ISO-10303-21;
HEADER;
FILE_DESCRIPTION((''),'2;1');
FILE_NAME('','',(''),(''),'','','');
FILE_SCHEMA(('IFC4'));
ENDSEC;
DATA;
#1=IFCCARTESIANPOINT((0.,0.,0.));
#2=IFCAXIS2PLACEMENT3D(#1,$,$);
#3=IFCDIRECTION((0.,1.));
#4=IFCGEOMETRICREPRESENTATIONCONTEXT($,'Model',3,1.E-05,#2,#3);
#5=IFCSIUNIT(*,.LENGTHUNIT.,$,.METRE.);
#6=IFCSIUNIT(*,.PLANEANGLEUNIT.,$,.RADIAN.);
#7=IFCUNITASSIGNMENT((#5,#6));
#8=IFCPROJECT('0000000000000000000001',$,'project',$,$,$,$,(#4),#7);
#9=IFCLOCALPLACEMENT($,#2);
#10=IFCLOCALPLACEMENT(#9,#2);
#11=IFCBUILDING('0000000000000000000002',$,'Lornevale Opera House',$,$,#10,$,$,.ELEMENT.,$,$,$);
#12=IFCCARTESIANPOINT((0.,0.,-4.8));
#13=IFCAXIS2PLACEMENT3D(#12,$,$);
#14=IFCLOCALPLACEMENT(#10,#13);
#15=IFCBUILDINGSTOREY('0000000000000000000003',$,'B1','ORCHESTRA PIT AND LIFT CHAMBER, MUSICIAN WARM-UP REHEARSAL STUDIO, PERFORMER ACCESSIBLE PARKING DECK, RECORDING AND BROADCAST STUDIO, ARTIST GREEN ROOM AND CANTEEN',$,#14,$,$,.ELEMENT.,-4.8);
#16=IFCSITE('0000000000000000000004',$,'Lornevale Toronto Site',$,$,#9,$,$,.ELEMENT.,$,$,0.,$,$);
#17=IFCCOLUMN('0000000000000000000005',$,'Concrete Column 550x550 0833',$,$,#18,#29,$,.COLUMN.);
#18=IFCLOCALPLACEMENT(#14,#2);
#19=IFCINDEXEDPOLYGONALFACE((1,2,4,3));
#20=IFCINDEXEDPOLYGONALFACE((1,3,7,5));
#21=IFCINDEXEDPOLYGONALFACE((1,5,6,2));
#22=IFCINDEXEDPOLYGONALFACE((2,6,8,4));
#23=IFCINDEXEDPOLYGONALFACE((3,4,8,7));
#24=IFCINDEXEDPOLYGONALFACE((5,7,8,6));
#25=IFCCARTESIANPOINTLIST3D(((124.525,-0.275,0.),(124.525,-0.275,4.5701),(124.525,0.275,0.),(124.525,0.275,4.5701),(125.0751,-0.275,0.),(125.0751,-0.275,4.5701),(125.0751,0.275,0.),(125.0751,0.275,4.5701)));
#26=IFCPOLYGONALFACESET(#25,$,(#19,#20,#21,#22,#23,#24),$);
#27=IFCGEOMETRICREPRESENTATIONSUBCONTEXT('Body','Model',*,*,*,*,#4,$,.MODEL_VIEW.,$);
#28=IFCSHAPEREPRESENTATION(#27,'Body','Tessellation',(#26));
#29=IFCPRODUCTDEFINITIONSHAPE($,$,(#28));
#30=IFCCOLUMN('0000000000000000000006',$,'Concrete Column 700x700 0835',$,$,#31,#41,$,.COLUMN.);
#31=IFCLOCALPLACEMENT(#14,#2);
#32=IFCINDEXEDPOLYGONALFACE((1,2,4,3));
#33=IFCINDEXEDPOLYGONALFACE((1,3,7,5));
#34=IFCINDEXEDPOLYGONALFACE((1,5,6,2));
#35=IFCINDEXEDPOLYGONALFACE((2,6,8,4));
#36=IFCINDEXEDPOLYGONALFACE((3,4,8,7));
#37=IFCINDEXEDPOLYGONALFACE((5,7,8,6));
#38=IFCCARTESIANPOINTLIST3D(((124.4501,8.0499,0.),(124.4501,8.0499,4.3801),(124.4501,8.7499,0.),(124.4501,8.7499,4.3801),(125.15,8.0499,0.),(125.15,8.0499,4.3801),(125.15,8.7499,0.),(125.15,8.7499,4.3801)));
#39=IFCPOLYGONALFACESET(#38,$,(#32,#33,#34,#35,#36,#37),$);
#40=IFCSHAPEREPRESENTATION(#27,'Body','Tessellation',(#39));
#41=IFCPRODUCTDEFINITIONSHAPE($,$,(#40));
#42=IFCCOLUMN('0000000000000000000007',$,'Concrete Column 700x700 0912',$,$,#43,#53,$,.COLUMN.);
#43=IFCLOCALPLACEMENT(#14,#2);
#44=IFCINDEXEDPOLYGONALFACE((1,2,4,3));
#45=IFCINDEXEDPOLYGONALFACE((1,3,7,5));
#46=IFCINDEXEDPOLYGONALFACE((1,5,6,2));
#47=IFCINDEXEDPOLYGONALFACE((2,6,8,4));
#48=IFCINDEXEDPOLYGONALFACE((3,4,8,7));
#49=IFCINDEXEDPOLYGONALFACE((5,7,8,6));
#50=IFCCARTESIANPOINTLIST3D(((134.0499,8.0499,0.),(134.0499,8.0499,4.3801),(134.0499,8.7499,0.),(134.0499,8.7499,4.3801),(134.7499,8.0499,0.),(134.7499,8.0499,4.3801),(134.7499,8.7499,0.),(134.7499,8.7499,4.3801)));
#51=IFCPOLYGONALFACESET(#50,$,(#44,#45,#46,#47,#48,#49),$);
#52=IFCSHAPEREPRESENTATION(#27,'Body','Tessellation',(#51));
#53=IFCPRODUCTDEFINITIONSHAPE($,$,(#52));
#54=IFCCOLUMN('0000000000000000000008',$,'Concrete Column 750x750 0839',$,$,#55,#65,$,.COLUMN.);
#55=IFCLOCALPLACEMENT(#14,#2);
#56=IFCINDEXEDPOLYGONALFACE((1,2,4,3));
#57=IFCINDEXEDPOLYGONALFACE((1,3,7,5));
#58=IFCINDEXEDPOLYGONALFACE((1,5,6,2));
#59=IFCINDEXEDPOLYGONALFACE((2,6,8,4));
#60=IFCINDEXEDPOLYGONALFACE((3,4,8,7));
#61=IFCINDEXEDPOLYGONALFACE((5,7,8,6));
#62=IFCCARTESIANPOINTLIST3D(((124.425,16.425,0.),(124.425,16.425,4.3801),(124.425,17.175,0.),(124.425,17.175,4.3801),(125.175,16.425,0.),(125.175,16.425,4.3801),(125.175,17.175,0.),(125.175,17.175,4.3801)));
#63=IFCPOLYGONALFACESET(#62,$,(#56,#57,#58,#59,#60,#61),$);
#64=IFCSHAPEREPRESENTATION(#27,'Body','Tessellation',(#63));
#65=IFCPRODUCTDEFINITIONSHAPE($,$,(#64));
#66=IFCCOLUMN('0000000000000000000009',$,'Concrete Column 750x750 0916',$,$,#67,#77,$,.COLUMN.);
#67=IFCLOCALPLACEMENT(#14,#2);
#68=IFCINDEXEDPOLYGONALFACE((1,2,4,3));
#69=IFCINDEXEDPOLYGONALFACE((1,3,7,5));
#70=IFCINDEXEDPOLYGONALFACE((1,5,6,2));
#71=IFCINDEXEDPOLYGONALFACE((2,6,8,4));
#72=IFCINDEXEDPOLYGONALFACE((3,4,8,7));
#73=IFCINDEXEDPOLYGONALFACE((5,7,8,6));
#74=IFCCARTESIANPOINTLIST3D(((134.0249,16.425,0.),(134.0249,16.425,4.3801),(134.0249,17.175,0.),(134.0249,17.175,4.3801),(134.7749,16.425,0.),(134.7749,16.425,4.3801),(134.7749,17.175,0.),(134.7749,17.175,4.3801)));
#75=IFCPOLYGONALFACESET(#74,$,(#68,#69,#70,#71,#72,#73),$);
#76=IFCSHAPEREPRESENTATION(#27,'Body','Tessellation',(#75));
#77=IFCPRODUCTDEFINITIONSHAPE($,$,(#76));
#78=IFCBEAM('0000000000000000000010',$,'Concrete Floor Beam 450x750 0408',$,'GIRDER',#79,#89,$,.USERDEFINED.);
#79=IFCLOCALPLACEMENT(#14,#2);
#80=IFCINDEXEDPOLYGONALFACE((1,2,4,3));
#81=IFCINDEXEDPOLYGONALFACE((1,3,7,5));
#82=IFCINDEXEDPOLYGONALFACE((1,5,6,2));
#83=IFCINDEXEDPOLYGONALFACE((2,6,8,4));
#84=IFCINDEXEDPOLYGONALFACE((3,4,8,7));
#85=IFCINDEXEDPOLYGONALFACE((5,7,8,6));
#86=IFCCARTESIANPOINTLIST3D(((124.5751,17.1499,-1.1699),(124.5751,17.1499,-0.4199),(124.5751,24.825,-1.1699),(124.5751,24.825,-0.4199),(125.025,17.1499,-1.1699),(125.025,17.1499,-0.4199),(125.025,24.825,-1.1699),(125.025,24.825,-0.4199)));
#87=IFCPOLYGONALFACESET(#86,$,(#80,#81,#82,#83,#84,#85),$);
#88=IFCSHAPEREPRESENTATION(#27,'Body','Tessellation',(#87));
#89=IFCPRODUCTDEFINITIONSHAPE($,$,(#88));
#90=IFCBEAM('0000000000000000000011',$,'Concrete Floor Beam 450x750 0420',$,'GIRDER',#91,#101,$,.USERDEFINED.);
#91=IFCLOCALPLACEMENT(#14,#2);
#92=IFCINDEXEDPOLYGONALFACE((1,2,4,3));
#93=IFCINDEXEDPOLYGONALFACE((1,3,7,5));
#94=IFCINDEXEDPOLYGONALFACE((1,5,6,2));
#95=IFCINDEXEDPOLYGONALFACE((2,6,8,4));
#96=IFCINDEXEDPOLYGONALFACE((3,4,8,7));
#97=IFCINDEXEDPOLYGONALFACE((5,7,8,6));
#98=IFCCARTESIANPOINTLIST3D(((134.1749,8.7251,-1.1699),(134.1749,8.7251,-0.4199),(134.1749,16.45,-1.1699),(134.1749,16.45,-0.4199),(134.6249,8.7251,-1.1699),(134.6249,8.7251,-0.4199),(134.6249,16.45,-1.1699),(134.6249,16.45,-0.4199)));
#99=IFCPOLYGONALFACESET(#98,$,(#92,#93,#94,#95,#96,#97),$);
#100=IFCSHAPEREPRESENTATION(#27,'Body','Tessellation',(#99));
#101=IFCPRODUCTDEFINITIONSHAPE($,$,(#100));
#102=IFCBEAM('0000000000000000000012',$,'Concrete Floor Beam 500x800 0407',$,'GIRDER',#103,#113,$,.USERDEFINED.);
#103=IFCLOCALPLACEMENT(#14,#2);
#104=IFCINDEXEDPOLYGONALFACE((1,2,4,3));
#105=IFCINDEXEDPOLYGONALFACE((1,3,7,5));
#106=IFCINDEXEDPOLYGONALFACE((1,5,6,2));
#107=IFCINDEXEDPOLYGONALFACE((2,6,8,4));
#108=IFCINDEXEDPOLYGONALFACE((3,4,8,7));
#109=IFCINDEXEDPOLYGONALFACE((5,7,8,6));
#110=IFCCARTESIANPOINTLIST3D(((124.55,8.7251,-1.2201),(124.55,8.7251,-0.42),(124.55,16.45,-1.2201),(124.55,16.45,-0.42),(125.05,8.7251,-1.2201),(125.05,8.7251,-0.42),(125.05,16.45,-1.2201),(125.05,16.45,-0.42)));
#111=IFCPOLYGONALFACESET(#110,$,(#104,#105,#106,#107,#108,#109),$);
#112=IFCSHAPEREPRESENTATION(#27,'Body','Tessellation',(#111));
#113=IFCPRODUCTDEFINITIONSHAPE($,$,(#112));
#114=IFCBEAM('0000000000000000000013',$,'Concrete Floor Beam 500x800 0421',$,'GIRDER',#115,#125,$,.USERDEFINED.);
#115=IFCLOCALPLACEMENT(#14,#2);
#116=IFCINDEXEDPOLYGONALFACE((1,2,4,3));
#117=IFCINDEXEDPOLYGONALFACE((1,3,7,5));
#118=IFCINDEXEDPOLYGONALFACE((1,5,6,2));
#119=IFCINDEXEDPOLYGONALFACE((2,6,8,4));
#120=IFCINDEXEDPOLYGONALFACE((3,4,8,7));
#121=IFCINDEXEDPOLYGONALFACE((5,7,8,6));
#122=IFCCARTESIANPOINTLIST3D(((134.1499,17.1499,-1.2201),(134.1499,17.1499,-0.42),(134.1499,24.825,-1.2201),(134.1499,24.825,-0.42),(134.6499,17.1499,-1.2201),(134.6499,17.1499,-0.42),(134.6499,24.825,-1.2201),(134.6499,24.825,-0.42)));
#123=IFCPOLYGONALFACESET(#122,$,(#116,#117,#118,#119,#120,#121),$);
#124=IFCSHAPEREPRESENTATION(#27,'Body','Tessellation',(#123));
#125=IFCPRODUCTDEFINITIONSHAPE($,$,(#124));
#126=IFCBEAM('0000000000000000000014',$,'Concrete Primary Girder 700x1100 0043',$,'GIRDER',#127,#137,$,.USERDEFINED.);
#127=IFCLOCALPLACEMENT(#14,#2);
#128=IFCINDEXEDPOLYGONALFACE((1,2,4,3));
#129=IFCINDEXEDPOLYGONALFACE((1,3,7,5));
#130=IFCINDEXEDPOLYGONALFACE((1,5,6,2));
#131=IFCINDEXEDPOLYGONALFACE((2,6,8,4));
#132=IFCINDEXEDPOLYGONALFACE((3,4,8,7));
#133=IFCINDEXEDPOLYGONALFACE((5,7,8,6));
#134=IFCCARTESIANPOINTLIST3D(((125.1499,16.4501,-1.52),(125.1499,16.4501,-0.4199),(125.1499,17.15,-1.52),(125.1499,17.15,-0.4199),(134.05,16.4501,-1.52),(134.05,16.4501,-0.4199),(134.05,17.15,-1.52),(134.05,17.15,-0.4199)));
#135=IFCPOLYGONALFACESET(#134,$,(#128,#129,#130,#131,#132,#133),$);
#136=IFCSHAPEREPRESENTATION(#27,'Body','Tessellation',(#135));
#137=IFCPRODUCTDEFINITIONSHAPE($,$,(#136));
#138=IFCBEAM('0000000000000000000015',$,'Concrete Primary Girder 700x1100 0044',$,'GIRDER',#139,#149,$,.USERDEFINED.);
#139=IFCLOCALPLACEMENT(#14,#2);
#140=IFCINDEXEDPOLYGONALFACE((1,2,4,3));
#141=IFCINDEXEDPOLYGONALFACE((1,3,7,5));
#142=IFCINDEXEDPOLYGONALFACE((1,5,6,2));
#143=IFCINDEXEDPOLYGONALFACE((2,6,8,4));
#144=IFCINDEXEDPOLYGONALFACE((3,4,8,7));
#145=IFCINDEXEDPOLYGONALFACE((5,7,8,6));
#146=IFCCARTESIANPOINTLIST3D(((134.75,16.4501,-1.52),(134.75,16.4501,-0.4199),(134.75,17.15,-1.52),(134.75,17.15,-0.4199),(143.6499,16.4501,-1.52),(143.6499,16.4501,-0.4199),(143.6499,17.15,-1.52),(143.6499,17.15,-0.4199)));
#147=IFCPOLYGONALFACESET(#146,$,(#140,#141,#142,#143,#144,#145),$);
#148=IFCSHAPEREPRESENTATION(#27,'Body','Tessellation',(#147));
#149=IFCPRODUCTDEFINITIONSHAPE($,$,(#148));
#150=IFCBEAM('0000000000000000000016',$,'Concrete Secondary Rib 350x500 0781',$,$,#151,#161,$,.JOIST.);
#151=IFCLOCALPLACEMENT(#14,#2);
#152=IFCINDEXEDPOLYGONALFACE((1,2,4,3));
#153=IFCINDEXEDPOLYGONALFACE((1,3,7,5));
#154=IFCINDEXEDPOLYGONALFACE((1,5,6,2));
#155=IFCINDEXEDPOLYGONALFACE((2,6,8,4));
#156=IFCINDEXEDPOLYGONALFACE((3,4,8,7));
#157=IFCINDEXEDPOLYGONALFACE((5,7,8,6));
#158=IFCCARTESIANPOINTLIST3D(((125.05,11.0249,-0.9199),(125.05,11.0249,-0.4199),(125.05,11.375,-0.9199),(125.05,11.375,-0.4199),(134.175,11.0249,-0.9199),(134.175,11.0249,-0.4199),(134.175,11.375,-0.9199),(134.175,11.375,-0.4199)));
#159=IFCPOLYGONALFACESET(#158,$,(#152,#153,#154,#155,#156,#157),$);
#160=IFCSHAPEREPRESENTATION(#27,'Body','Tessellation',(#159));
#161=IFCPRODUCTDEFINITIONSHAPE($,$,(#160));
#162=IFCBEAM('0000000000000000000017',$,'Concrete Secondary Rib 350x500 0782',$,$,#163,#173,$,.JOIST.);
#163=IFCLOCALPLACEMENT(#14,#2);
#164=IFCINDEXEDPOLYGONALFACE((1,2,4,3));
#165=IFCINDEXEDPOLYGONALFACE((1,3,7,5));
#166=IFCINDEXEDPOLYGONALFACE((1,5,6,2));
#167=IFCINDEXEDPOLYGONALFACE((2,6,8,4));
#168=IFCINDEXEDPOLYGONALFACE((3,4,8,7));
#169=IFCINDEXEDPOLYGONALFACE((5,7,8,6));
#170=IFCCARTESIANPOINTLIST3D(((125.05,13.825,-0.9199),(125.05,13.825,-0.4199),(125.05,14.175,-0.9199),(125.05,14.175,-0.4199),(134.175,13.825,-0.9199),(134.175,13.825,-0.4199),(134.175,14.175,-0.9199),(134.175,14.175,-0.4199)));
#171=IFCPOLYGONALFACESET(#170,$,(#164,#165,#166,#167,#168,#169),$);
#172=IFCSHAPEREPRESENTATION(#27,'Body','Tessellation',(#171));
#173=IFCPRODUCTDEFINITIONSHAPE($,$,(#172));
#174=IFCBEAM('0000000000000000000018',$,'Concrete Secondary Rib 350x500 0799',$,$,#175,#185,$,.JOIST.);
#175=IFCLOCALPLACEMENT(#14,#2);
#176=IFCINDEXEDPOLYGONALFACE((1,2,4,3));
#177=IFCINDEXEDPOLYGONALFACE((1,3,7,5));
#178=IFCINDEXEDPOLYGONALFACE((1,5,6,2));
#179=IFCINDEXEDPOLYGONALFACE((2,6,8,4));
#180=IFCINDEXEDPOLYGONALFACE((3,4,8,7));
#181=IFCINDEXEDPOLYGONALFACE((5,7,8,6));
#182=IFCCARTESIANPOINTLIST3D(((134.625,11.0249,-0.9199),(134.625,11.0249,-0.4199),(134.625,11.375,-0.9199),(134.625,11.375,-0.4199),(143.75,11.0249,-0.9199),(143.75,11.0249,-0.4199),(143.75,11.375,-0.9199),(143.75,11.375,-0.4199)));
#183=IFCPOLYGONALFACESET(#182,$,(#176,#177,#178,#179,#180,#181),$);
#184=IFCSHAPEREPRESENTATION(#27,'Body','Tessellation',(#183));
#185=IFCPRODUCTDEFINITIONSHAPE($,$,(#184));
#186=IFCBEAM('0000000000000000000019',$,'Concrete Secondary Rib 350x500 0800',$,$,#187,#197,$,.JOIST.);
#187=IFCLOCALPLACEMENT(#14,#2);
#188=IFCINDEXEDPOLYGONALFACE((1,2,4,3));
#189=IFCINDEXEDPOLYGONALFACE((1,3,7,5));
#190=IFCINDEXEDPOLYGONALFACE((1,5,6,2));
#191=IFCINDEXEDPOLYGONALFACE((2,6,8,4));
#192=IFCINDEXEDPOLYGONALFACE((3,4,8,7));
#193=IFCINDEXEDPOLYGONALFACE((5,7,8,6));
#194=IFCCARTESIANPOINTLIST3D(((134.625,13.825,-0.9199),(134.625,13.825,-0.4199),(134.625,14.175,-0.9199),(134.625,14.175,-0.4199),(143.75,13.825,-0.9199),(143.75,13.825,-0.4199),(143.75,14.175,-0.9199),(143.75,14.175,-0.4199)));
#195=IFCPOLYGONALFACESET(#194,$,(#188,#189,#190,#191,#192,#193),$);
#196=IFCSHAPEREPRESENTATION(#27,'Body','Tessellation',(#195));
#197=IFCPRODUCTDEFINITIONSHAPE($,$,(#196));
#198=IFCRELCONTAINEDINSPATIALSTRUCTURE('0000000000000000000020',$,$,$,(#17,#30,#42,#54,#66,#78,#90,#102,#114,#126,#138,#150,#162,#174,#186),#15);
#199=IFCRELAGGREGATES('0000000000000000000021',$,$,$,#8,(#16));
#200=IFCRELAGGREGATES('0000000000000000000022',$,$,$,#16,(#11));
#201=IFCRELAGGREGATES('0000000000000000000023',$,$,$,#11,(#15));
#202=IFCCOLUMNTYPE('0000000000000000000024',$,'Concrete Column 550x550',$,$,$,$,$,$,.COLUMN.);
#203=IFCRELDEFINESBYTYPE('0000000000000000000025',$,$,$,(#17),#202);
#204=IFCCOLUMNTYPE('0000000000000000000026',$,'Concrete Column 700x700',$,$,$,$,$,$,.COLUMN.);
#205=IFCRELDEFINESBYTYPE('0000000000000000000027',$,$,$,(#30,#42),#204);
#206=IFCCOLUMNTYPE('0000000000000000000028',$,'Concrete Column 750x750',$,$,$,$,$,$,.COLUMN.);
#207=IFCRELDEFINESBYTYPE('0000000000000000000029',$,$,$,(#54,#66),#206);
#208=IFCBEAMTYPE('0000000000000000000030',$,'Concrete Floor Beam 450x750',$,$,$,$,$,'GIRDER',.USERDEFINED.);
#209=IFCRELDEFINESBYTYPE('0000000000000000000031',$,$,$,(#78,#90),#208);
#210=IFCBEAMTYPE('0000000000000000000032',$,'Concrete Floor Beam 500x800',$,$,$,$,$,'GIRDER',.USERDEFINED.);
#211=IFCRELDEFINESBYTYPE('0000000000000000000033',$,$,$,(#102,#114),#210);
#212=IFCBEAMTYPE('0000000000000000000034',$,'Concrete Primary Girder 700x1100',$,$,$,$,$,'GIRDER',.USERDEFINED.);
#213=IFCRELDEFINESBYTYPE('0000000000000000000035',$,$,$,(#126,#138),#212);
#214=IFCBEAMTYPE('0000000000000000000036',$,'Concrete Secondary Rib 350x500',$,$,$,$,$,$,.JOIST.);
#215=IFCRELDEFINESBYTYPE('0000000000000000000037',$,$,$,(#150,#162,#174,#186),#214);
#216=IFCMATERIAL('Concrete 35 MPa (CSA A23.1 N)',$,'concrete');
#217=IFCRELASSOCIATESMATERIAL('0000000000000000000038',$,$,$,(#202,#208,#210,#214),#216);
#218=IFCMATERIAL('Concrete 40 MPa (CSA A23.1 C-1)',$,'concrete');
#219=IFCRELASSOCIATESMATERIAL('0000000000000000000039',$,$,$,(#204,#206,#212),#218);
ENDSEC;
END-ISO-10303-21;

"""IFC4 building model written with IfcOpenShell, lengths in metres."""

from ifc_helpers import new_model, si_unit, direction, frame, origin, origin_2d, place, context, subcontext, project, spatial, rectangle, extrude, material, material_profile, profile_set, type_object, element, save


model = new_model("IFC4")

# Units and contexts
model_context = context("Model", 3, precision=1e-05, world=origin(), true_north=direction((0.0, 1.0)))
body_context = subcontext(model_context, "Body", "Model", "MODEL_VIEW")
ifc_project = project(units=[si_unit("LENGTHUNIT", "METRE"), si_unit("PLANEANGLEUNIT", "RADIAN")], contexts=[model_context])

# Site, building, storey
site_placement = place(None, origin())
site = spatial("IfcSite", under=ifc_project, at=site_placement, Name="Lornevale Toronto Site", CompositionType="ELEMENT", RefElevation=0.0)
building_placement = place(site_placement, origin())
building = spatial("IfcBuilding", under=site, at=building_placement, Name="Lornevale Opera House", CompositionType="ELEMENT")
storey_placement = place(building_placement, frame((0.0, 0.0, -4.8)))
storey = spatial("IfcBuildingStorey", under=building, at=storey_placement, Name="B1", Description="ORCHESTRA PIT AND LIFT CHAMBER, MUSICIAN WARM-UP REHEARSAL STUDIO, PERFORMER ACCESSIBLE PARKING DECK, RECORDING AND BROADCAST STUDIO, ARTIST GREEN ROOM AND CANTEEN", CompositionType="ELEMENT", Elevation=-4.8)

# Columns
ifc_material_1 = material(Name="Concrete 35 MPa (CSA A23.1 N)", Category="concrete")
ifc_material_profile_1 = material_profile(ifc_material_1, rectangle(XDim=0.55, YDim=0.55, at=origin_2d()), Name="RC550x550")
ifc_profile_set_1 = profile_set([ifc_material_profile_1], Name="Concrete 35 MPa (CSA A23.1 N)")
column_type_1 = type_object("IfcColumnType", Name="Concrete Column 550x550", PredefinedType="COLUMN", material=ifc_profile_set_1)
column_placement = place(storey_placement, frame((124.8, 0.0, 0.0), z_axis=(0.0, 0.0, 1.0), x_axis=(1.0, 0.0, 0.0)))
element("IfcColumn", 1, at=column_placement, inside=storey, type_object=column_type_1, Name="Concrete Column 550x550 0833", PredefinedType="COLUMN", context=body_context, shape_type="SweptSolid", body=[
    extrude(rectangle(XDim=0.55, YDim=0.55, at=origin_2d()), origin(), (0.0, 0.0, 1.0), 4.5701),
])
ifc_material_2 = material(Name="Concrete 40 MPa (CSA A23.1 C-1)", Category="concrete")
ifc_material_profile_2 = material_profile(ifc_material_2, rectangle(XDim=0.7, YDim=0.7, at=origin_2d()), Name="RC700x700")
ifc_profile_set_2 = profile_set([ifc_material_profile_2], Name="Concrete 40 MPa (CSA A23.1 C-1)")
column_type_2 = type_object("IfcColumnType", Name="Concrete Column 700x700", PredefinedType="COLUMN", material=ifc_profile_set_2)
for number, where, z_axis, x_axis, name in (
    (2, (124.8, 8.3999, 0.0), (0.0, 0.0, 1.0), (1.0, 0.0, 0.0), "Concrete Column 700x700 0835"),
    (3, (134.3999, 8.3999, 0.0), (0.0, 0.0, 1.0), (1.0, 0.0, 0.0), "Concrete Column 700x700 0912"),
):
    element("IfcColumn", number, at=place(storey_placement, frame(where, z_axis=z_axis, x_axis=x_axis)), inside=storey, type_object=column_type_2, Name=name, PredefinedType="COLUMN", context=body_context, shape_type="SweptSolid", body=[
        extrude(rectangle(XDim=0.7, YDim=0.7, at=origin_2d()), origin(), (0.0, 0.0, 1.0), 4.3801),
    ])
ifc_material_profile_3 = material_profile(ifc_material_2, rectangle(XDim=0.75, YDim=0.75, at=origin_2d()), Name="RC750x750")
ifc_profile_set_3 = profile_set([ifc_material_profile_3], Name="Concrete 40 MPa (CSA A23.1 C-1)")
column_type_3 = type_object("IfcColumnType", Name="Concrete Column 750x750", PredefinedType="COLUMN", material=ifc_profile_set_3)
for number, where, z_axis, x_axis, name in (
    (4, (124.8, 16.8, 0.0), (0.0, 0.0, 1.0), (1.0, 0.0, 0.0), "Concrete Column 750x750 0839"),
    (5, (134.3999, 16.8, 0.0), (0.0, 0.0, 1.0), (1.0, 0.0, 0.0), "Concrete Column 750x750 0916"),
):
    element("IfcColumn", number, at=place(storey_placement, frame(where, z_axis=z_axis, x_axis=x_axis)), inside=storey, type_object=column_type_3, Name=name, PredefinedType="COLUMN", context=body_context, shape_type="SweptSolid", body=[
        extrude(rectangle(XDim=0.75, YDim=0.75, at=origin_2d()), origin(), (0.0, 0.0, 1.0), 4.3801),
    ])

# Beams
ifc_material_profile_4 = material_profile(ifc_material_1, rectangle(XDim=0.45, YDim=0.75, at=origin_2d()), Name="RC450x750")
ifc_profile_set_4 = profile_set([ifc_material_profile_4], Name="Concrete 35 MPa (CSA A23.1 N)")
beam_type_1 = type_object("IfcBeamType", Name="Concrete Floor Beam 450x750", ElementType="GIRDER", PredefinedType="USERDEFINED", material=ifc_profile_set_4)
beam_1_placement = place(storey_placement, frame((124.8, 17.1499, -0.7949), z_axis=(0.0, 1.0, 0.0), x_axis=(-1.0, 0.0, 0.0)))
element("IfcBeam", 6, at=beam_1_placement, inside=storey, type_object=beam_type_1, Name="Concrete Floor Beam 450x750 0408", ObjectType="GIRDER", PredefinedType="USERDEFINED", context=body_context, shape_type="SweptSolid", body=[
    extrude(rectangle(XDim=0.45, YDim=0.75, at=origin_2d()), origin(), (0.0, 0.0, 1.0), 7.675),
])
beam_2_placement = place(storey_placement, frame((134.3999, 8.7251, -0.7949), z_axis=(0.0, 1.0, 0.0), x_axis=(-1.0, 0.0, 0.0)))
element("IfcBeam", 7, at=beam_2_placement, inside=storey, type_object=beam_type_1, Name="Concrete Floor Beam 450x750 0420", ObjectType="GIRDER", PredefinedType="USERDEFINED", context=body_context, shape_type="SweptSolid", body=[
    extrude(rectangle(XDim=0.45, YDim=0.75, at=origin_2d()), origin(), (0.0, 0.0, 1.0), 7.7249),
])
ifc_material_profile_5 = material_profile(ifc_material_1, rectangle(XDim=0.5, YDim=0.8, at=origin_2d()), Name="RC500x800")
ifc_profile_set_5 = profile_set([ifc_material_profile_5], Name="Concrete 35 MPa (CSA A23.1 N)")
beam_type_2 = type_object("IfcBeamType", Name="Concrete Floor Beam 500x800", ElementType="GIRDER", PredefinedType="USERDEFINED", material=ifc_profile_set_5)
beam_3_placement = place(storey_placement, frame((124.8, 8.7251, -0.8201), z_axis=(0.0, 1.0, 0.0), x_axis=(-1.0, 0.0, 0.0)))
element("IfcBeam", 8, at=beam_3_placement, inside=storey, type_object=beam_type_2, Name="Concrete Floor Beam 500x800 0407", ObjectType="GIRDER", PredefinedType="USERDEFINED", context=body_context, shape_type="SweptSolid", body=[
    extrude(rectangle(XDim=0.5, YDim=0.8, at=origin_2d()), origin(), (0.0, 0.0, 1.0), 7.7249),
])
beam_4_placement = place(storey_placement, frame((134.3999, 17.1499, -0.8201), z_axis=(0.0, 1.0, 0.0), x_axis=(-1.0, 0.0, 0.0)))
element("IfcBeam", 9, at=beam_4_placement, inside=storey, type_object=beam_type_2, Name="Concrete Floor Beam 500x800 0421", ObjectType="GIRDER", PredefinedType="USERDEFINED", context=body_context, shape_type="SweptSolid", body=[
    extrude(rectangle(XDim=0.5, YDim=0.8, at=origin_2d()), origin(), (0.0, 0.0, 1.0), 7.675),
])
ifc_material_profile_6 = material_profile(ifc_material_2, rectangle(XDim=0.7, YDim=1.1001, at=origin_2d()), Name="RC700x1100")
ifc_profile_set_6 = profile_set([ifc_material_profile_6], Name="Concrete 40 MPa (CSA A23.1 C-1)")
beam_type_3 = type_object("IfcBeamType", Name="Concrete Primary Girder 700x1100", ElementType="GIRDER", PredefinedType="USERDEFINED", material=ifc_profile_set_6)
beam_5_placement = place(storey_placement, frame((125.1499, 16.8, -0.97), z_axis=(1.0, 0.0, 0.0), x_axis=(0.0, 1.0, 0.0)))
element("IfcBeam", 10, at=beam_5_placement, inside=storey, type_object=beam_type_3, Name="Concrete Primary Girder 700x1100 0043", ObjectType="GIRDER", PredefinedType="USERDEFINED", context=body_context, shape_type="SweptSolid", body=[
    extrude(rectangle(XDim=0.7, YDim=1.1001, at=origin_2d()), origin(), (0.0, 0.0, 1.0), 8.9001),
])
beam_6_placement = place(storey_placement, frame((134.75, 16.8, -0.97), z_axis=(1.0, 0.0, 0.0), x_axis=(0.0, 1.0, 0.0)))
element("IfcBeam", 11, at=beam_6_placement, inside=storey, type_object=beam_type_3, Name="Concrete Primary Girder 700x1100 0044", ObjectType="GIRDER", PredefinedType="USERDEFINED", context=body_context, shape_type="SweptSolid", body=[
    extrude(rectangle(XDim=0.7, YDim=1.1001, at=origin_2d()), origin(), (0.0, 0.0, 1.0), 8.8999),
])
ifc_material_profile_7 = material_profile(ifc_material_1, rectangle(XDim=0.3501, YDim=0.5, at=origin_2d()), Name="RC350x500")
ifc_profile_set_7 = profile_set([ifc_material_profile_7], Name="Concrete 35 MPa (CSA A23.1 N)")
beam_type_4 = type_object("IfcBeamType", Name="Concrete Secondary Rib 350x500", PredefinedType="JOIST", material=ifc_profile_set_7)
for number, where, z_axis, x_axis, name in (
    (12, (125.05, 11.2, -0.6699), (1.0, 0.0, 0.0), (0.0, 1.0, 0.0), "Concrete Secondary Rib 350x500 0781"),
    (13, (125.05, 14.0, -0.6699), (1.0, 0.0, 0.0), (0.0, 1.0, 0.0), "Concrete Secondary Rib 350x500 0782"),
    (14, (134.625, 11.2, -0.6699), (1.0, 0.0, 0.0), (0.0, 1.0, 0.0), "Concrete Secondary Rib 350x500 0799"),
    (15, (134.625, 14.0, -0.6699), (1.0, 0.0, 0.0), (0.0, 1.0, 0.0), "Concrete Secondary Rib 350x500 0800"),
):
    element("IfcBeam", number, at=place(storey_placement, frame(where, z_axis=z_axis, x_axis=x_axis)), inside=storey, type_object=beam_type_4, Name=name, PredefinedType="JOIST", context=body_context, shape_type="SweptSolid", body=[
        extrude(rectangle(XDim=0.3501, YDim=0.5, at=origin_2d()), origin(), (0.0, 0.0, 1.0), 9.125),
    ])

save(model, "model.ifc")
